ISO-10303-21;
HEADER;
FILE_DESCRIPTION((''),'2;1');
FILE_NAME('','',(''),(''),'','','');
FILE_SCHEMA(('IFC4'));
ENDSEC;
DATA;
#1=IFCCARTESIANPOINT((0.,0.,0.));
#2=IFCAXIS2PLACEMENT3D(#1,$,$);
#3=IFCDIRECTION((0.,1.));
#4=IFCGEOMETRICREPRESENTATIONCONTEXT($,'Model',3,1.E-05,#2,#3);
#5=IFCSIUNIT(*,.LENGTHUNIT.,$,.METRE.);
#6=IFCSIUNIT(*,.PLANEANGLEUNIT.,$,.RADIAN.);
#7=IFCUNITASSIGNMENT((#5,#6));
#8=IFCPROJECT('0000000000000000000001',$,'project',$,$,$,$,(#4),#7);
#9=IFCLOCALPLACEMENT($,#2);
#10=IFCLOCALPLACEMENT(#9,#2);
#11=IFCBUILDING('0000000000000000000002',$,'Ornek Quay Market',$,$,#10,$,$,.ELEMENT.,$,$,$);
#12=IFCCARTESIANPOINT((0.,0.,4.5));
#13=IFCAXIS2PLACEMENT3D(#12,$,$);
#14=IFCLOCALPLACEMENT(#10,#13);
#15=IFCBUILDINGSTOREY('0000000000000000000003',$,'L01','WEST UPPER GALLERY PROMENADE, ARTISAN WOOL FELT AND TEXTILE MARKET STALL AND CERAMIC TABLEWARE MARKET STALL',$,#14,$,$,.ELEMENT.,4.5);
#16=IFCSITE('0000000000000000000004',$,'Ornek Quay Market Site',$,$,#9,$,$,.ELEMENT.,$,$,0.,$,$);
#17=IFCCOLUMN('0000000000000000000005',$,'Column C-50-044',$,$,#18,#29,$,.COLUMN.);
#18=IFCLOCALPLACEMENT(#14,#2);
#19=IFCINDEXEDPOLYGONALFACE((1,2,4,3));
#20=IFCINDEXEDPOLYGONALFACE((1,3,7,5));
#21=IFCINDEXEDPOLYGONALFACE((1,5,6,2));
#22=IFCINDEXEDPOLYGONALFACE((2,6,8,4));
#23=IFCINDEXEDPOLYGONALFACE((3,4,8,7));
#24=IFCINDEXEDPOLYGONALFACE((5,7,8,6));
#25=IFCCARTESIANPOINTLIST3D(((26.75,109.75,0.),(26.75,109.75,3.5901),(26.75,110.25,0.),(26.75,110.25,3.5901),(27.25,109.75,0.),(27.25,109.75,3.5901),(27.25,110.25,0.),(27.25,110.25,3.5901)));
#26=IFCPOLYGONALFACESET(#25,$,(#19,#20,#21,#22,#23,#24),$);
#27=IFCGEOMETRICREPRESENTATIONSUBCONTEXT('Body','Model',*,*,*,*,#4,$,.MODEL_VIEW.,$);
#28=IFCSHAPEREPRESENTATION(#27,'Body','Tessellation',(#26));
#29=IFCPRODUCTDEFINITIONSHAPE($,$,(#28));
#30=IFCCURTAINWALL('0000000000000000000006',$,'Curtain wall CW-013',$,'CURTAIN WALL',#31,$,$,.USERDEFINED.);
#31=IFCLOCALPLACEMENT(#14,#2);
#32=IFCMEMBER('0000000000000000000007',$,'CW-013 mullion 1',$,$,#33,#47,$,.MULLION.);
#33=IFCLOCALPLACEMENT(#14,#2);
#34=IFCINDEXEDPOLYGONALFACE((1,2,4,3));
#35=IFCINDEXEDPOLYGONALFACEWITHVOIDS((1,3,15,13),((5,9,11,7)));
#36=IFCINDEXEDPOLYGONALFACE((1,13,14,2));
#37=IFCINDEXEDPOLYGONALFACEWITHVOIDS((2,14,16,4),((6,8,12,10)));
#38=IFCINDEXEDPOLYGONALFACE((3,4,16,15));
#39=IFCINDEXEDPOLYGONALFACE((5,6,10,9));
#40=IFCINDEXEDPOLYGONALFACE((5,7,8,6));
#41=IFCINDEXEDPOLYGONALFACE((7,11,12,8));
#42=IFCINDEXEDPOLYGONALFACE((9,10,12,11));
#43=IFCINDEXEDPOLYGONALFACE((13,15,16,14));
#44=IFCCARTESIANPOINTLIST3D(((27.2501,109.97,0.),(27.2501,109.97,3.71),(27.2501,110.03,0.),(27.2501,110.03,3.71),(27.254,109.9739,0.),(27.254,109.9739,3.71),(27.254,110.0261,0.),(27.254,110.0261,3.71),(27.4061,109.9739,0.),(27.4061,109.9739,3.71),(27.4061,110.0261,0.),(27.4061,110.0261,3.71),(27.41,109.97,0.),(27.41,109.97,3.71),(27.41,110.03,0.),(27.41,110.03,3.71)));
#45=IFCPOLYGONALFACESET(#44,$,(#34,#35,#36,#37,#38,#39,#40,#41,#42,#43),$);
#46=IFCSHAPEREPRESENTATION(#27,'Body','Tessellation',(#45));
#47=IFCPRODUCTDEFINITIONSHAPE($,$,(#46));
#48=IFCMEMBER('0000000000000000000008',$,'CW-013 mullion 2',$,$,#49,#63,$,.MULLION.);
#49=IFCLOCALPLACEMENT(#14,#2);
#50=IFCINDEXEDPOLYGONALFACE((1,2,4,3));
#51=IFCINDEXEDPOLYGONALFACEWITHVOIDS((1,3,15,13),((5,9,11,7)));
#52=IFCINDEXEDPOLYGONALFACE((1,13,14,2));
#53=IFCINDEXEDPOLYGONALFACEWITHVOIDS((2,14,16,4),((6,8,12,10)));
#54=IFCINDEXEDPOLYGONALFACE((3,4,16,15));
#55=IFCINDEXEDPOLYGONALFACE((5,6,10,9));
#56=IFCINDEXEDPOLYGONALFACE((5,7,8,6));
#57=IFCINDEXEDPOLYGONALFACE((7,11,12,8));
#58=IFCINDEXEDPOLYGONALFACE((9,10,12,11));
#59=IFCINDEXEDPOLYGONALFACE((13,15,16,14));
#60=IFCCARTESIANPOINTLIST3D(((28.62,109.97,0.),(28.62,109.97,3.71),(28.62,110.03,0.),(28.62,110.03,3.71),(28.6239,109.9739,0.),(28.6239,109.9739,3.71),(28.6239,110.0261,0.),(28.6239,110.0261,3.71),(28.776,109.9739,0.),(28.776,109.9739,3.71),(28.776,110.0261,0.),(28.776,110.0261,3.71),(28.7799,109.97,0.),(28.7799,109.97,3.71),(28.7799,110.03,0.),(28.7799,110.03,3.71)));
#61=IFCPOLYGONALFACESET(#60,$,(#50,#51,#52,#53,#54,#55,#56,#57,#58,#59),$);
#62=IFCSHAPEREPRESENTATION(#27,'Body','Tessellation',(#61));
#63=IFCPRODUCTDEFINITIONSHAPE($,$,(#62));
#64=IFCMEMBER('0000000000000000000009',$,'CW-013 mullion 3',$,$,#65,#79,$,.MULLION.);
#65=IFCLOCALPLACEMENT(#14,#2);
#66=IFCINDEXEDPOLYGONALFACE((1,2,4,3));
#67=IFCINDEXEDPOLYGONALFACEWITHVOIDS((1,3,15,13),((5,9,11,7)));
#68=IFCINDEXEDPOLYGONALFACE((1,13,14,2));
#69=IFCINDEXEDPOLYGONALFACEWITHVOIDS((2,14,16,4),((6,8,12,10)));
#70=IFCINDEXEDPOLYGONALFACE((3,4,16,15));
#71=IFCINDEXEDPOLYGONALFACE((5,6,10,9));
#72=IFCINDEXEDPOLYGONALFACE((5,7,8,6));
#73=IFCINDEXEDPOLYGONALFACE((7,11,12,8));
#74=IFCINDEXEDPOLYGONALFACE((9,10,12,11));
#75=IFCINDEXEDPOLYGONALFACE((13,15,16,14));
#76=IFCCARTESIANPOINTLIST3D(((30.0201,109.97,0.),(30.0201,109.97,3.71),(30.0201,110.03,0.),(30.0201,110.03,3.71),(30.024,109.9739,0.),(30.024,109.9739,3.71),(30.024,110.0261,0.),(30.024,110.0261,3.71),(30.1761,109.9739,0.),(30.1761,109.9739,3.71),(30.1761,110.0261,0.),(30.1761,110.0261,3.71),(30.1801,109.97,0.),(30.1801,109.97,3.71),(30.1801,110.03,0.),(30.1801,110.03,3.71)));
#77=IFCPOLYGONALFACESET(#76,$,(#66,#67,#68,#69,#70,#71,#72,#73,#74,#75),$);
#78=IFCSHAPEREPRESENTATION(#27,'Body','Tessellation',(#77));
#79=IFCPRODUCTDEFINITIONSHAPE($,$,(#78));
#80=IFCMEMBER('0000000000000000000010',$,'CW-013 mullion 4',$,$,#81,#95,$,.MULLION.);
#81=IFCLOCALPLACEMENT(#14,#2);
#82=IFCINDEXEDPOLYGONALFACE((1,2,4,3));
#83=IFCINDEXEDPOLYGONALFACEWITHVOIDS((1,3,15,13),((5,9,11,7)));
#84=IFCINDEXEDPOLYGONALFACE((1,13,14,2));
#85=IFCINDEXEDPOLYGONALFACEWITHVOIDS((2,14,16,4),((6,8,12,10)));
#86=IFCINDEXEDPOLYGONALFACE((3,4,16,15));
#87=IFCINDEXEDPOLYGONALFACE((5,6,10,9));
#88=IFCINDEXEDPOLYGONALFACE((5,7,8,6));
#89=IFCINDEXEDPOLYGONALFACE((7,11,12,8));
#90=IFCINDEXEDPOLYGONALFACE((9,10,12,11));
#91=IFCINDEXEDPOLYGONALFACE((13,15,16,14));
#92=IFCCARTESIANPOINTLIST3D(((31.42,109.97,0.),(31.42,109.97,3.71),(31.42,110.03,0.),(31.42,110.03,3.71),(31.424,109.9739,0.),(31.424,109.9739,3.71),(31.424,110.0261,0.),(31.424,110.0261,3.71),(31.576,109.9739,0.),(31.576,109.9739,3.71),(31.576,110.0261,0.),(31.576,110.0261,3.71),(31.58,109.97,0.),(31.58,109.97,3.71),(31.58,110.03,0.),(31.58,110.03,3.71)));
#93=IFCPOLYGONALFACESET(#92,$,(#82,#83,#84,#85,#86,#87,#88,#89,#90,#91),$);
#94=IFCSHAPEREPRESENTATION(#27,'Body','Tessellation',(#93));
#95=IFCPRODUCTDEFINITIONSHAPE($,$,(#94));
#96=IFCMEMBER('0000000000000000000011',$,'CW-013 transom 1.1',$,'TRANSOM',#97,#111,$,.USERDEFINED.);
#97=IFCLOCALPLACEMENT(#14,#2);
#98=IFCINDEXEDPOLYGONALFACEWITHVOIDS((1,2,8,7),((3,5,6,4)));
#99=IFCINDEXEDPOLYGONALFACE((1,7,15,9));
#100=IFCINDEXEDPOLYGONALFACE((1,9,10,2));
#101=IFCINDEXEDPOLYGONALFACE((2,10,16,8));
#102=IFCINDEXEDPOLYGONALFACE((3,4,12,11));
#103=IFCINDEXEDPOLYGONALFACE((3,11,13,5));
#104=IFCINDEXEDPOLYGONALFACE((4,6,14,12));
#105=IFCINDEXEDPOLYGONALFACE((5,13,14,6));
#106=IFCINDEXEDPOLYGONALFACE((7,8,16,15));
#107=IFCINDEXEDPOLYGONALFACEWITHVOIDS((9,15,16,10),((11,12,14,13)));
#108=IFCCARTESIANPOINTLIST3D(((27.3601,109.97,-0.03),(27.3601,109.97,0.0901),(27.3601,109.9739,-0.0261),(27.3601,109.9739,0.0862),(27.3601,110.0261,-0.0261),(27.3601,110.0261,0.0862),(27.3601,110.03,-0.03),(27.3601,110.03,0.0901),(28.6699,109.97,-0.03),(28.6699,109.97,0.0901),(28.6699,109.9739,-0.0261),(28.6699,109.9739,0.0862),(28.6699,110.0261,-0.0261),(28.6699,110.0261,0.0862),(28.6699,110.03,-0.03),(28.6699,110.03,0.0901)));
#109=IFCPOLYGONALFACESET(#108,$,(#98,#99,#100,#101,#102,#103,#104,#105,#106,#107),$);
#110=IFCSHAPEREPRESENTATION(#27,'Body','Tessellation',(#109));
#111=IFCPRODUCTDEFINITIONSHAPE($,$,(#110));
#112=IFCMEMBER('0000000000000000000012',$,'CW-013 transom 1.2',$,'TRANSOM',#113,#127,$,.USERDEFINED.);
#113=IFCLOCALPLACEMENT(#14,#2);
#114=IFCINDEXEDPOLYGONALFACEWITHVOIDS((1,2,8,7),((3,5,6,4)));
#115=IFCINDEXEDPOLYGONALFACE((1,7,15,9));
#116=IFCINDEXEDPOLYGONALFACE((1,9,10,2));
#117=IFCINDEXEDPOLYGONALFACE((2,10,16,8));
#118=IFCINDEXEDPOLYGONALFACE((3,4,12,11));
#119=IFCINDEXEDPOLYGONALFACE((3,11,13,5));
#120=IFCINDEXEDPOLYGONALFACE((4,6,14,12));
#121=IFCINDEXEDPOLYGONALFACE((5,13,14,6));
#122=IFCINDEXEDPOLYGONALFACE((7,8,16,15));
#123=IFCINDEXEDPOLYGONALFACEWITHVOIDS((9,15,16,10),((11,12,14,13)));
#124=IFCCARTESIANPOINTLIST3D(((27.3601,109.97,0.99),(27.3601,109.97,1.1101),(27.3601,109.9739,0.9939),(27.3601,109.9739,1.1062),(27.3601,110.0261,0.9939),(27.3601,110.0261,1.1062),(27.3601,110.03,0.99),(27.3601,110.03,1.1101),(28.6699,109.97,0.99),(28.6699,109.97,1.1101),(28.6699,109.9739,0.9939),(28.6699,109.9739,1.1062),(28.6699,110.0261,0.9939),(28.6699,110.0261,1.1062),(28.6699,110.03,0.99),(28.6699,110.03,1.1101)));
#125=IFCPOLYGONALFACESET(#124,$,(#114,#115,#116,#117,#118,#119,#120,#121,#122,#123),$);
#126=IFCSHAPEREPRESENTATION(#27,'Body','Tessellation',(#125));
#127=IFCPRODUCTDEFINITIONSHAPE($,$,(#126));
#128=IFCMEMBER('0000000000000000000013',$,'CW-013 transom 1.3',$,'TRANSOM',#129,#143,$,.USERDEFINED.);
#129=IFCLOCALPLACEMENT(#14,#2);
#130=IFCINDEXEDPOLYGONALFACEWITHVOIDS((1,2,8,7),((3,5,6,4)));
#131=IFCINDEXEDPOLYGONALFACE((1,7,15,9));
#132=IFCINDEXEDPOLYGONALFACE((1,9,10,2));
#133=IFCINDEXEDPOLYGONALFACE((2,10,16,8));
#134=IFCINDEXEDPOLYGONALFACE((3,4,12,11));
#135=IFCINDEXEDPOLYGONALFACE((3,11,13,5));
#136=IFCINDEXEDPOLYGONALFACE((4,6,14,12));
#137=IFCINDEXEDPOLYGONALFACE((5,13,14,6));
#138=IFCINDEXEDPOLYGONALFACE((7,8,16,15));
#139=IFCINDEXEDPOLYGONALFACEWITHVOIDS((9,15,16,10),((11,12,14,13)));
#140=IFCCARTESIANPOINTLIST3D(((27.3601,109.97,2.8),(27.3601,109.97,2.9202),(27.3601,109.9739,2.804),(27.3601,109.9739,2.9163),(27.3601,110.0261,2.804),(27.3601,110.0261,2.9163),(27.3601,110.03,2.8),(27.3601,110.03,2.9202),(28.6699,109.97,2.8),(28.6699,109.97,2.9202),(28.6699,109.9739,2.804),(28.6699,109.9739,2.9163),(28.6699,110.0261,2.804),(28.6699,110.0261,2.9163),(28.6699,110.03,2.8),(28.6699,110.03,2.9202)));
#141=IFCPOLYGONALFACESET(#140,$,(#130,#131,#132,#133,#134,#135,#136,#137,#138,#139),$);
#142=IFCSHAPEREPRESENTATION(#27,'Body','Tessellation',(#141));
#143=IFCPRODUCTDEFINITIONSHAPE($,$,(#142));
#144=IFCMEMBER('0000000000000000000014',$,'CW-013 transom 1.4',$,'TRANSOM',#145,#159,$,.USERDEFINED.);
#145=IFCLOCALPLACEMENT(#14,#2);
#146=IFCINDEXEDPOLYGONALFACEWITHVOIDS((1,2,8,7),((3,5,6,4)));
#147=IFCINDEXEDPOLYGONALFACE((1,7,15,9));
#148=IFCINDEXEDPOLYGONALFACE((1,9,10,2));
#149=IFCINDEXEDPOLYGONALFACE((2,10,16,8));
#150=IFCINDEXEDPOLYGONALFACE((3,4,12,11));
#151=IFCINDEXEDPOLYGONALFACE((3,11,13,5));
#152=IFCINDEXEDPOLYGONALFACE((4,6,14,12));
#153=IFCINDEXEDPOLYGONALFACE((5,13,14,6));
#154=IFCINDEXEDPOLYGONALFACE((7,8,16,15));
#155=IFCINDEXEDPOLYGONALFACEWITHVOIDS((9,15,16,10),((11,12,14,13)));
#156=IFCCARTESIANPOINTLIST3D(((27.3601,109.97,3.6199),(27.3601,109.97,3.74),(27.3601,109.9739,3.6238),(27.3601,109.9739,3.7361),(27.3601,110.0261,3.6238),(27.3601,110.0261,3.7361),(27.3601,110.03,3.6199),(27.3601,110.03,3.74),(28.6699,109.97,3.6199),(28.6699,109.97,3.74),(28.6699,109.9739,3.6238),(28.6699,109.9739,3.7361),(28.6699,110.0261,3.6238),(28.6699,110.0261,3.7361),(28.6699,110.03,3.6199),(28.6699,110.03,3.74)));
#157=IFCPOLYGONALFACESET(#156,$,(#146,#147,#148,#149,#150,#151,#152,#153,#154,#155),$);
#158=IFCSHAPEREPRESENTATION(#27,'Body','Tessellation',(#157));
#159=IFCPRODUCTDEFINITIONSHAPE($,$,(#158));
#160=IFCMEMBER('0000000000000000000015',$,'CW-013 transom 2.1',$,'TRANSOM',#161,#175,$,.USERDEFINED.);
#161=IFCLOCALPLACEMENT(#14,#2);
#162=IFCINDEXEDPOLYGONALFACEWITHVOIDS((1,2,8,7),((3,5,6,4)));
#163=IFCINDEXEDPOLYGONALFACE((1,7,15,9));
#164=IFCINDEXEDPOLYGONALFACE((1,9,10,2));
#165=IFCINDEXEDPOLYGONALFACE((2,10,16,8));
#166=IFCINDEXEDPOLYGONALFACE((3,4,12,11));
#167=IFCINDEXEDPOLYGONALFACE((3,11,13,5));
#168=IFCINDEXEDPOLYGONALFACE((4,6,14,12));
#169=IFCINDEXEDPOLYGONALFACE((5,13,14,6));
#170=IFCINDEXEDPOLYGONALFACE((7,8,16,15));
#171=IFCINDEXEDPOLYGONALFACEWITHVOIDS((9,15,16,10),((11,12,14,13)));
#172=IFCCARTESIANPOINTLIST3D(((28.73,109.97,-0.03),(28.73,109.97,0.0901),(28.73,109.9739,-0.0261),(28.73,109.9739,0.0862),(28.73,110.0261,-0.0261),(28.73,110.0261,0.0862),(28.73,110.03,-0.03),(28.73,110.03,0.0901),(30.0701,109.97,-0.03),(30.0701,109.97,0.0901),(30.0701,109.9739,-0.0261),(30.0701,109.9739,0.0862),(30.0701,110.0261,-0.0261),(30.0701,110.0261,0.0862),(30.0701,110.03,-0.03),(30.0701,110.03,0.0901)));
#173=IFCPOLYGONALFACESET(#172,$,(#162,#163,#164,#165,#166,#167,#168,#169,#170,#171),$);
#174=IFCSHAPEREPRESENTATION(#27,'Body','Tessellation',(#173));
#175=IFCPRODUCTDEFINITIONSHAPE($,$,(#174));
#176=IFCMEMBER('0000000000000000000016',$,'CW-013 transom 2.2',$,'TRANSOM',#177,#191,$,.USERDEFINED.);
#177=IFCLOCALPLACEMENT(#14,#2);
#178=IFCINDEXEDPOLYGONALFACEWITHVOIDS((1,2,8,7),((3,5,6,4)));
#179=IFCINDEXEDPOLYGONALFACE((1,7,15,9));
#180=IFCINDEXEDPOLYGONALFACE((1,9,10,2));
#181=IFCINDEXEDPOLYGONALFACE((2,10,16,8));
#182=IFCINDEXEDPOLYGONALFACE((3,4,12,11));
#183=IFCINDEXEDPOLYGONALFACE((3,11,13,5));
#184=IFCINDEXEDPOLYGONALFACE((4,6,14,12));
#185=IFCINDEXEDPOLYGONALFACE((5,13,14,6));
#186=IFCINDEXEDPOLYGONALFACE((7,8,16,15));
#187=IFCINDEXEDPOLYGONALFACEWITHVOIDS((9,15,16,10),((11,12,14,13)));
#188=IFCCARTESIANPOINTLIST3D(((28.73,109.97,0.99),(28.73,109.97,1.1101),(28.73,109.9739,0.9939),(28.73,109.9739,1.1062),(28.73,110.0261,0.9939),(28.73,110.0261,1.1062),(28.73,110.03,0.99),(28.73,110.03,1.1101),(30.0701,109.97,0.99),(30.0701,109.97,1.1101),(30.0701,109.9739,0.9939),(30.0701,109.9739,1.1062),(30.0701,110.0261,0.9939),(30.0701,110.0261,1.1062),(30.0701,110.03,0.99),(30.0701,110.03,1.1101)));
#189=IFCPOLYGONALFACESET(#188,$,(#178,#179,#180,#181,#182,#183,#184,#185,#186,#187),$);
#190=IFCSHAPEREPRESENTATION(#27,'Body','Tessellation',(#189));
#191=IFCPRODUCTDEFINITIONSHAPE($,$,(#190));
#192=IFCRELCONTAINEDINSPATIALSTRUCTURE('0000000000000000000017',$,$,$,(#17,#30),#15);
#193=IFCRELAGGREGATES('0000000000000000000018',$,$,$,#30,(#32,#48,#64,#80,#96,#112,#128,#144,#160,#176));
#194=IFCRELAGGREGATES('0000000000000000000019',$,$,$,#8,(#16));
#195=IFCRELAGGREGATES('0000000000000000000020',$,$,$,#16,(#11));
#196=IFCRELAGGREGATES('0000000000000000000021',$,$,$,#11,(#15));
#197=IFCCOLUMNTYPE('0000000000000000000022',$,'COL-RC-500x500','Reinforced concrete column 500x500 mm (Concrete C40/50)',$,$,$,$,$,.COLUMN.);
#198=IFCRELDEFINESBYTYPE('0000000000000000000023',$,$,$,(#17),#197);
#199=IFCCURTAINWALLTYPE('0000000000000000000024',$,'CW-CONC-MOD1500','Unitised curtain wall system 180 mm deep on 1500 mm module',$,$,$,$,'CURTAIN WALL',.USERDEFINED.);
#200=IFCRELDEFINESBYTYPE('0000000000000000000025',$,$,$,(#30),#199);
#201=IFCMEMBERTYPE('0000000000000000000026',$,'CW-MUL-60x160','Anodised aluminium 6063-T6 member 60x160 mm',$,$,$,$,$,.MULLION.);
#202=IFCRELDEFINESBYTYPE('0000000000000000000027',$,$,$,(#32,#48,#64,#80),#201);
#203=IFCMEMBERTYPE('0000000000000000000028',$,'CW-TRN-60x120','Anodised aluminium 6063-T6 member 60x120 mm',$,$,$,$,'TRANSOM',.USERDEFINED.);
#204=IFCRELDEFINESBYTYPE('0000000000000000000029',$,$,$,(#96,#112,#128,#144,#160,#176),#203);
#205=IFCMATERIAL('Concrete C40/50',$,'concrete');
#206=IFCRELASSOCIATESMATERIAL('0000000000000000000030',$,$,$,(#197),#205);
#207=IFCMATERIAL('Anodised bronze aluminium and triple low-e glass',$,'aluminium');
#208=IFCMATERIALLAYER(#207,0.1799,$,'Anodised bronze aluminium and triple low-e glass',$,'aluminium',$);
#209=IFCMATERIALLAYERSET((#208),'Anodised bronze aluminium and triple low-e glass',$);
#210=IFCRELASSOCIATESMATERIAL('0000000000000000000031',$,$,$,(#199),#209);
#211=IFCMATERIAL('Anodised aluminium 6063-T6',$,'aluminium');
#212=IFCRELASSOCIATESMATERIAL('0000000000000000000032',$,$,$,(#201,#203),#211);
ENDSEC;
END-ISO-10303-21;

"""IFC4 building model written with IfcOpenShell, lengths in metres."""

from ifc_helpers import new_model, si_unit, direction, frame, origin, origin_2d, place, context, subcontext, project, spatial, rectangle, hollow_rectangle, extrude, material, layer, layer_set, material_profile, profile_set, type_object, element, aggregate, save


model = new_model("IFC4")

# Units and contexts
model_context = context("Model", 3, precision=1e-05, world=origin(), true_north=direction((0.0, 1.0)))
body_context = subcontext(model_context, "Body", "Model", "MODEL_VIEW")
ifc_project = project(units=[si_unit("LENGTHUNIT", "METRE"), si_unit("PLANEANGLEUNIT", "RADIAN")], contexts=[model_context])

# Site, building, storey
site_placement = place(None, origin())
site = spatial("IfcSite", under=ifc_project, at=site_placement, Name="Ornek Quay Market Site", CompositionType="ELEMENT", RefElevation=0.0)
building_placement = place(site_placement, origin())
building = spatial("IfcBuilding", under=site, at=building_placement, Name="Ornek Quay Market", CompositionType="ELEMENT")
storey_placement = place(building_placement, frame((0.0, 0.0, 4.5)))
storey = spatial("IfcBuildingStorey", under=building, at=storey_placement, Name="L01", Description="WEST UPPER GALLERY PROMENADE, ARTISAN WOOL FELT AND TEXTILE MARKET STALL AND CERAMIC TABLEWARE MARKET STALL", CompositionType="ELEMENT", Elevation=4.5)

# Column
ifc_material_1 = material(Name="Concrete C40/50", Category="concrete")
ifc_material_profile_1 = material_profile(ifc_material_1, rectangle(XDim=0.5, YDim=0.5, at=origin_2d()), Name="RC 500x500", Category="concrete")
ifc_profile_set_1 = profile_set([ifc_material_profile_1], Name="Concrete C40/50")
column_type = type_object("IfcColumnType", Name="COL-RC-500x500", Description="Reinforced concrete column 500x500 mm (Concrete C40/50)", PredefinedType="COLUMN", material=ifc_profile_set_1)
column_placement = place(storey_placement, frame((27.0, 110.0, 0.0), z_axis=(0.0, 0.0, 1.0), x_axis=(1.0, 0.0, 0.0)))
element("IfcColumn", 1, at=column_placement, inside=storey, type_object=column_type, Name="Column C-50-044", PredefinedType="COLUMN", context=body_context, shape_type="SweptSolid", body=[
    extrude(rectangle(XDim=0.5, YDim=0.5, at=origin_2d()), origin(), (0.0, 0.0, 1.0), 3.5901),
])

# Curtain wall, members
ifc_material_2 = material(Name="Anodised bronze aluminium and triple low-e glass", Category="aluminium")
ifc_layer_1 = layer(ifc_material_2, 0.1799, Name="Anodised bronze aluminium and triple low-e glass", Category="aluminium")
ifc_layer_set_1 = layer_set([ifc_layer_1], Name="Anodised bronze aluminium and triple low-e glass")
curtain_wall_type = type_object("IfcCurtainWallType", Name="CW-CONC-MOD1500", Description="Unitised curtain wall system 180 mm deep on 1500 mm module", ElementType="CURTAIN WALL", PredefinedType="USERDEFINED", material=ifc_layer_set_1)
curtain_wall_placement = place(storey_placement, origin())
curtain_wall = element("IfcCurtainWall", 2, at=curtain_wall_placement, inside=storey, type_object=curtain_wall_type, Name="Curtain wall CW-013", ObjectType="CURTAIN WALL", PredefinedType="USERDEFINED")
ifc_material_3 = material(Name="Anodised aluminium 6063-T6", Category="aluminium")
ifc_material_profile_2 = material_profile(ifc_material_3, hollow_rectangle(XDim=0.0601, YDim=0.1599, WallThickness=0.0039, at=origin_2d()), Name="CW-MUL-60x160", Category="aluminium")
ifc_profile_set_2 = profile_set([ifc_material_profile_2], Name="Anodised aluminium 6063-T6")
member_type_1 = type_object("IfcMemberType", Name="CW-MUL-60x160", Description="Anodised aluminium 6063-T6 member 60x160 mm", PredefinedType="MULLION", material=ifc_profile_set_2)
member_1_placement = place(storey_placement, frame((27.3301, 110.0, 0.0), z_axis=(0.0, 0.0, 1.0), x_axis=(0.0, 1.0, 0.0)))
member_1 = element("IfcMember", 3, at=member_1_placement, type_object=member_type_1, Name="CW-013 mullion 1", PredefinedType="MULLION", context=body_context, shape_type="SweptSolid", body=[
    extrude(hollow_rectangle(XDim=0.0601, YDim=0.1599, WallThickness=0.0039, at=origin_2d()), origin(), (0.0, 0.0, 1.0), 3.71),
])
member_2_placement = place(storey_placement, frame((28.7, 110.0, 0.0), z_axis=(0.0, 0.0, 1.0), x_axis=(0.0, 1.0, 0.0)))
member_2 = element("IfcMember", 4, at=member_2_placement, type_object=member_type_1, Name="CW-013 mullion 2", PredefinedType="MULLION", context=body_context, shape_type="SweptSolid", body=[
    extrude(hollow_rectangle(XDim=0.0601, YDim=0.1599, WallThickness=0.0039, at=origin_2d()), origin(), (0.0, 0.0, 1.0), 3.71),
])
member_3_placement = place(storey_placement, frame((30.1001, 110.0, 0.0), z_axis=(0.0, 0.0, 1.0), x_axis=(0.0, 1.0, 0.0)))
member_3 = element("IfcMember", 5, at=member_3_placement, type_object=member_type_1, Name="CW-013 mullion 3", PredefinedType="MULLION", context=body_context, shape_type="SweptSolid", body=[
    extrude(hollow_rectangle(XDim=0.0601, YDim=0.1599, WallThickness=0.0039, at=origin_2d()), origin(), (0.0, 0.0, 1.0), 3.71),
])
member_4_placement = place(storey_placement, frame((31.5, 110.0, 0.0), z_axis=(0.0, 0.0, 1.0), x_axis=(0.0, 1.0, 0.0)))
member_4 = element("IfcMember", 6, at=member_4_placement, type_object=member_type_1, Name="CW-013 mullion 4", PredefinedType="MULLION", context=body_context, shape_type="SweptSolid", body=[
    extrude(hollow_rectangle(XDim=0.0601, YDim=0.1599, WallThickness=0.0039, at=origin_2d()), origin(), (0.0, 0.0, 1.0), 3.71),
])
ifc_material_profile_3 = material_profile(ifc_material_3, hollow_rectangle(XDim=0.0601, YDim=0.1201, WallThickness=0.0039, at=origin_2d()), Name="CW-TRN-60x120", Category="aluminium")
ifc_profile_set_3 = profile_set([ifc_material_profile_3], Name="Anodised aluminium 6063-T6")
member_type_2 = type_object("IfcMemberType", Name="CW-TRN-60x120", Description="Anodised aluminium 6063-T6 member 60x120 mm", ElementType="TRANSOM", PredefinedType="USERDEFINED", material=ifc_profile_set_3)
member_5_placement = place(storey_placement, frame((27.3601, 110.0, 0.03), z_axis=(1.0, 0.0, 0.0), x_axis=(0.0, 1.0, 0.0)))
member_5 = element("IfcMember", 7, at=member_5_placement, type_object=member_type_2, Name="CW-013 transom 1.1", ObjectType="TRANSOM", PredefinedType="USERDEFINED", context=body_context, shape_type="SweptSolid", body=[
    extrude(hollow_rectangle(XDim=0.0601, YDim=0.1201, WallThickness=0.0039, at=origin_2d()), origin(), (0.0, 0.0, 1.0), 1.3098),
])
member_6_placement = place(storey_placement, frame((27.3601, 110.0, 1.05), z_axis=(1.0, 0.0, 0.0), x_axis=(0.0, 1.0, 0.0)))
member_6 = element("IfcMember", 8, at=member_6_placement, type_object=member_type_2, Name="CW-013 transom 1.2", ObjectType="TRANSOM", PredefinedType="USERDEFINED", context=body_context, shape_type="SweptSolid", body=[
    extrude(hollow_rectangle(XDim=0.0601, YDim=0.1201, WallThickness=0.0039, at=origin_2d()), origin(), (0.0, 0.0, 1.0), 1.3098),
])
member_7_placement = place(storey_placement, frame((27.3601, 110.0, 2.8601), z_axis=(1.0, 0.0, 0.0), x_axis=(0.0, 1.0, 0.0)))
member_7 = element("IfcMember", 9, at=member_7_placement, type_object=member_type_2, Name="CW-013 transom 1.3", ObjectType="TRANSOM", PredefinedType="USERDEFINED", context=body_context, shape_type="SweptSolid", body=[
    extrude(hollow_rectangle(XDim=0.0601, YDim=0.1201, WallThickness=0.0039, at=origin_2d()), origin(), (0.0, 0.0, 1.0), 1.3098),
])
member_8_placement = place(storey_placement, frame((27.3601, 110.0, 3.6799), z_axis=(1.0, 0.0, 0.0), x_axis=(0.0, 1.0, 0.0)))
member_8 = element("IfcMember", 10, at=member_8_placement, type_object=member_type_2, Name="CW-013 transom 1.4", ObjectType="TRANSOM", PredefinedType="USERDEFINED", context=body_context, shape_type="SweptSolid", body=[
    extrude(hollow_rectangle(XDim=0.0601, YDim=0.1201, WallThickness=0.0039, at=origin_2d()), origin(), (0.0, 0.0, 1.0), 1.3098),
])
member_9_placement = place(storey_placement, frame((28.73, 110.0, 0.03), z_axis=(1.0, 0.0, 0.0), x_axis=(0.0, 1.0, 0.0)))
member_9 = element("IfcMember", 11, at=member_9_placement, type_object=member_type_2, Name="CW-013 transom 2.1", ObjectType="TRANSOM", PredefinedType="USERDEFINED", context=body_context, shape_type="SweptSolid", body=[
    extrude(hollow_rectangle(XDim=0.0601, YDim=0.1201, WallThickness=0.0039, at=origin_2d()), origin(), (0.0, 0.0, 1.0), 1.3401),
])
member_10_placement = place(storey_placement, frame((28.73, 110.0, 1.05), z_axis=(1.0, 0.0, 0.0), x_axis=(0.0, 1.0, 0.0)))
member_10 = element("IfcMember", 12, at=member_10_placement, type_object=member_type_2, Name="CW-013 transom 2.2", ObjectType="TRANSOM", PredefinedType="USERDEFINED", context=body_context, shape_type="SweptSolid", body=[
    extrude(hollow_rectangle(XDim=0.0601, YDim=0.1201, WallThickness=0.0039, at=origin_2d()), origin(), (0.0, 0.0, 1.0), 1.3401),
])
aggregate(curtain_wall, [member_1, member_2, member_3, member_4, member_5, member_6, member_7, member_8, member_9, member_10])

save(model, "model.ifc")
